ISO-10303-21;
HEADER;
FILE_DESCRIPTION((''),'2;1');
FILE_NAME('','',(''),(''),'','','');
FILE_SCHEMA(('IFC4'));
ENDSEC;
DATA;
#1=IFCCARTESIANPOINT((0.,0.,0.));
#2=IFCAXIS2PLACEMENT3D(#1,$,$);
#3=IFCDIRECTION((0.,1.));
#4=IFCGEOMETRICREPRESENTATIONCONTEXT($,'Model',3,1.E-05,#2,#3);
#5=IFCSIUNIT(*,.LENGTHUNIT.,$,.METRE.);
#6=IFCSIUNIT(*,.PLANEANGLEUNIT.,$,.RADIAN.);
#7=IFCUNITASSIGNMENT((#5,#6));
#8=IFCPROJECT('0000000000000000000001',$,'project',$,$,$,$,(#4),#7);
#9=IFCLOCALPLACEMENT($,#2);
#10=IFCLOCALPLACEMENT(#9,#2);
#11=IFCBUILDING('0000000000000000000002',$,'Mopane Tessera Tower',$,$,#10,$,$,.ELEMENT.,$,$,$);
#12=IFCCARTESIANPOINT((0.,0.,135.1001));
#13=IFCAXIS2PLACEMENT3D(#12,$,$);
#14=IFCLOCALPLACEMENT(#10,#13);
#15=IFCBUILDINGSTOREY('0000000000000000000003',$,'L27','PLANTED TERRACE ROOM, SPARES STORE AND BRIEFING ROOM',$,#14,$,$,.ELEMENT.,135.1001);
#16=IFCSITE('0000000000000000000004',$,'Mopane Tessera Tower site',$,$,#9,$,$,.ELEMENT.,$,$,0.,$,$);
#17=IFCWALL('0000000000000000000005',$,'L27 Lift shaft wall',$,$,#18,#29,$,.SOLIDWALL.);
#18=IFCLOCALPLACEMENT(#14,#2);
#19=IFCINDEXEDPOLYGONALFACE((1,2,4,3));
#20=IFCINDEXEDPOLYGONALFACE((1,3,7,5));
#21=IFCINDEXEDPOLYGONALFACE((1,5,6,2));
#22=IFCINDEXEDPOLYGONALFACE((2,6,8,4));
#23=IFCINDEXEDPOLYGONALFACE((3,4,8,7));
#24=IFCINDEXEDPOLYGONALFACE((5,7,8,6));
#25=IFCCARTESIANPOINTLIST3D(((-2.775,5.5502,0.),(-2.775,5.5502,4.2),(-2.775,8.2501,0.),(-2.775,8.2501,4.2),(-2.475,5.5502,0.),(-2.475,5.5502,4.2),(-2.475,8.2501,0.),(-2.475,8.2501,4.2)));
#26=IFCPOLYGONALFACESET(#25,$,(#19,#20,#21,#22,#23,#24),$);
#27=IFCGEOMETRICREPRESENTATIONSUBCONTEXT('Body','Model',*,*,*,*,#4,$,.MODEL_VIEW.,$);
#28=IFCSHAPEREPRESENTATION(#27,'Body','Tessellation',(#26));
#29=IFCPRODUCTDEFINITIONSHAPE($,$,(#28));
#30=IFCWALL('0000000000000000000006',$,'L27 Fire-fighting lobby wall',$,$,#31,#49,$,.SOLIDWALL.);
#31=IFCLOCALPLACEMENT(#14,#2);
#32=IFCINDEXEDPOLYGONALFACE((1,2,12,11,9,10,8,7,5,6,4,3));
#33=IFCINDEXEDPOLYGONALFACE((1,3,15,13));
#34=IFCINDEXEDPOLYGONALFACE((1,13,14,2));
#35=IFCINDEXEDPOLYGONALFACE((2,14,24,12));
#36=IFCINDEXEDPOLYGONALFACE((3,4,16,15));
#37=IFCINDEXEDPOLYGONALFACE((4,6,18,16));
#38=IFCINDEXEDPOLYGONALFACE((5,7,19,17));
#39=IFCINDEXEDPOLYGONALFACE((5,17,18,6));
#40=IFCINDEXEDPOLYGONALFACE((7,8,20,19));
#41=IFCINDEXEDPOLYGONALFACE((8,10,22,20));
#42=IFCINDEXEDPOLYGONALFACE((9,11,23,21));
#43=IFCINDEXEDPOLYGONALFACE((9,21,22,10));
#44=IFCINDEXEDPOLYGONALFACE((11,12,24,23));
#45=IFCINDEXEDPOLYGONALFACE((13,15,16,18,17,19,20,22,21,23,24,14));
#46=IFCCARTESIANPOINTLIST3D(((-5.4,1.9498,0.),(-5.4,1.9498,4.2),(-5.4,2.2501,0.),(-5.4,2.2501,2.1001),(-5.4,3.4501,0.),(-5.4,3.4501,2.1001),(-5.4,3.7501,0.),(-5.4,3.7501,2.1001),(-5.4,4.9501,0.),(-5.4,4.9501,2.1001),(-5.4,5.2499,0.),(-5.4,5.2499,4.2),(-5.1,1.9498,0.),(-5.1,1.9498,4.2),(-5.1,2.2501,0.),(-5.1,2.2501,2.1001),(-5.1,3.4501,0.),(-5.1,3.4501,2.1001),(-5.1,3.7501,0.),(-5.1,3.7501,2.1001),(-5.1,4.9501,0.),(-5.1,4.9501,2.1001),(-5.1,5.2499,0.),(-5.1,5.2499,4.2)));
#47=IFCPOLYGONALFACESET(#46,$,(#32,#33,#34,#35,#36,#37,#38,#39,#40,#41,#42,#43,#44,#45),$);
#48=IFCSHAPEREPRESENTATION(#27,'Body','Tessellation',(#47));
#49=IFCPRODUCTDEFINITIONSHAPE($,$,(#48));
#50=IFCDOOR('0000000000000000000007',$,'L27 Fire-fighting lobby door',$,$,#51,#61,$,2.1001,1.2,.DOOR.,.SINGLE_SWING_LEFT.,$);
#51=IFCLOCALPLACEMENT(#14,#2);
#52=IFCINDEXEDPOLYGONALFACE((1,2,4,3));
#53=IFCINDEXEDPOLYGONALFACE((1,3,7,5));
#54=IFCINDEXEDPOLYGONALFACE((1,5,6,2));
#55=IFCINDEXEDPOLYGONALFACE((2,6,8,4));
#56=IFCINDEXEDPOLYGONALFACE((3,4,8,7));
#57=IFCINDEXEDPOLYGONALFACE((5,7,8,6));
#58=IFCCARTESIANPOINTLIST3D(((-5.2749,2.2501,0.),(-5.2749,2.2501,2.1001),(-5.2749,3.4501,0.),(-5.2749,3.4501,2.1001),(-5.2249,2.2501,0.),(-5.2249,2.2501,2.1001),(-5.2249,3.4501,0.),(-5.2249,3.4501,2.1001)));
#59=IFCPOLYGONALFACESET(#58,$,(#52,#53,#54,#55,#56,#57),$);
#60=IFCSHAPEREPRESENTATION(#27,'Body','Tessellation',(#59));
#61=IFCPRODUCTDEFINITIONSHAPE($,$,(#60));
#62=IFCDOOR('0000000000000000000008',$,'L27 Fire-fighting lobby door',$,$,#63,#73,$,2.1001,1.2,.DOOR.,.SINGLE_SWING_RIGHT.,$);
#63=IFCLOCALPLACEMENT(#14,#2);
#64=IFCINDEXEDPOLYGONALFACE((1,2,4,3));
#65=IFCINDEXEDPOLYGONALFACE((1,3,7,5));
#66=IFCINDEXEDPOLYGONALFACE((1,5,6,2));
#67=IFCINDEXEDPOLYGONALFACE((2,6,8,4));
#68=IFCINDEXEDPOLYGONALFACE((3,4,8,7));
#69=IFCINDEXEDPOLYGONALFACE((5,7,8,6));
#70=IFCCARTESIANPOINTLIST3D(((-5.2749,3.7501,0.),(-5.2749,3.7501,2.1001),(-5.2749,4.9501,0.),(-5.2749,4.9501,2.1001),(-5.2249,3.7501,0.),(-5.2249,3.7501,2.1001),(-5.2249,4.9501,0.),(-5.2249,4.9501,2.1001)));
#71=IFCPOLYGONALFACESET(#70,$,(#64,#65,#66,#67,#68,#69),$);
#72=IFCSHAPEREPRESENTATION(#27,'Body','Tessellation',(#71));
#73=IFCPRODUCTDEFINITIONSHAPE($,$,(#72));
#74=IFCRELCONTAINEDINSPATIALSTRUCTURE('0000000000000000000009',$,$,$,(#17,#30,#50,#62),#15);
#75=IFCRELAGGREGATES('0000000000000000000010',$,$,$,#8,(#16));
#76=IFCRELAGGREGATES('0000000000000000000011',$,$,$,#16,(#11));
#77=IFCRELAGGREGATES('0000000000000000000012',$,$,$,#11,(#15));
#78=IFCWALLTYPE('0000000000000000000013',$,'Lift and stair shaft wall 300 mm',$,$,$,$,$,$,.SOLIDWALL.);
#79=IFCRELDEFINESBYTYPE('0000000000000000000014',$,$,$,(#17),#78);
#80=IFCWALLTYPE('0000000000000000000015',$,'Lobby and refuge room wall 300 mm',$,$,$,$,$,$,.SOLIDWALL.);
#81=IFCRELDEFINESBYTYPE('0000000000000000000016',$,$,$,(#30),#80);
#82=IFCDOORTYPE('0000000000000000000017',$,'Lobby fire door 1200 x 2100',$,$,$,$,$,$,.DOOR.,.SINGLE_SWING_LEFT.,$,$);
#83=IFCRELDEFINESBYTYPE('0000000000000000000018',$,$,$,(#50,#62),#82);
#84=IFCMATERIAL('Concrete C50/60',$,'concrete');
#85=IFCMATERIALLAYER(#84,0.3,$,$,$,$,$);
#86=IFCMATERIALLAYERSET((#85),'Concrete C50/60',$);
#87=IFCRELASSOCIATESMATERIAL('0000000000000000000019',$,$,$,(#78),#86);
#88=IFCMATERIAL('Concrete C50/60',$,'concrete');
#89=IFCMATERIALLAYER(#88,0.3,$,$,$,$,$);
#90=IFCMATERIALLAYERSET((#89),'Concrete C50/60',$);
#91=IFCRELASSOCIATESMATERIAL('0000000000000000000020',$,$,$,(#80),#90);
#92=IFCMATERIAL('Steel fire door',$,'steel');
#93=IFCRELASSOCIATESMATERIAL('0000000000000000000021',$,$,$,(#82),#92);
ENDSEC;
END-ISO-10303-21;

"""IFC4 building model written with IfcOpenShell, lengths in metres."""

from ifc_helpers import new_model, si_unit, direction, frame, frame_2d, origin, place, context, subcontext, project, spatial, rectangle, extrude, material, layer, layer_set, type_object, element, fill, save


model = new_model("IFC4")

# Units and contexts
model_context = context("Model", 3, precision=1e-05, world=origin(), true_north=direction((0.0, 1.0)))
body_context = subcontext(model_context, "Body", "Model", "MODEL_VIEW")
ifc_project = project(units=[si_unit("LENGTHUNIT", "METRE"), si_unit("PLANEANGLEUNIT", "RADIAN")], contexts=[model_context])

# Site, building, storey
site_placement = place(None, origin())
site = spatial("IfcSite", under=ifc_project, at=site_placement, Name="Mopane Tessera Tower site", CompositionType="ELEMENT", RefElevation=0.0)
building_placement = place(site_placement, origin())
building = spatial("IfcBuilding", under=site, at=building_placement, Name="Mopane Tessera Tower", CompositionType="ELEMENT")
storey_placement = place(building_placement, frame((0.0, 0.0, 135.1001)))
storey = spatial("IfcBuildingStorey", under=building, at=storey_placement, Name="L27", Description="PLANTED TERRACE ROOM, SPARES STORE AND BRIEFING ROOM", CompositionType="ELEMENT", Elevation=135.1001)

# Wall
ifc_material_1 = material(Name="Concrete C50/60", Category="concrete")
ifc_layer_1 = layer(ifc_material_1, 0.3)
ifc_layer_set_1 = layer_set([ifc_layer_1], Name="Concrete C50/60")
wall_type_1 = type_object("IfcWallType", Name="Lift and stair shaft wall 300 mm", PredefinedType="SOLIDWALL", material=ifc_layer_set_1)
for number, where, z_axis, x_axis, name in (
    (1, (-2.625, 5.55, 0.0), (0.0, 0.0, 1.0), (0.0, 1.0, 0.0), "L27 Lift shaft wall"),
):
    element("IfcWall", number, at=place(storey_placement, frame(where, z_axis=z_axis, x_axis=x_axis)), inside=storey, type_object=wall_type_1, Name=name, PredefinedType="SOLIDWALL", context=body_context, shape_type="SweptSolid", body=[
        extrude(rectangle(XDim=2.7, YDim=0.3, at=frame_2d((1.3501, 0.0))), origin(), (0.0, 0.0, 1.0), 4.2),
    ])

# Wall, openings, doors
ifc_material_2 = material(Name="Concrete C50/60", Category="concrete")
ifc_layer_2 = layer(ifc_material_2, 0.3)
ifc_layer_set_2 = layer_set([ifc_layer_2], Name="Concrete C50/60")
wall_type_2 = type_object("IfcWallType", Name="Lobby and refuge room wall 300 mm", PredefinedType="SOLIDWALL", material=ifc_layer_set_2)
wall_1_placement = place(storey_placement, frame((-5.25, 1.95, 0.0), z_axis=(0.0, 0.0, 1.0), x_axis=(0.0, 1.0, 0.0)))
wall_1 = element("IfcWall", 2, at=wall_1_placement, inside=storey, type_object=wall_type_2, Name="L27 Fire-fighting lobby wall", PredefinedType="SOLIDWALL", context=body_context, shape_type="SweptSolid", body=[
    extrude(rectangle(XDim=3.3, YDim=0.3, at=frame_2d((1.6499, 0.0))), origin(), (0.0, 0.0, 1.0), 4.2),
])
opening_1_placement = place(wall_1_placement, frame((0.3, 0.0, 0.0)))
opening_1 = element("IfcOpeningElement", 3, at=opening_1_placement, cuts=wall_1, PredefinedType="OPENING", context=body_context, shape_type="SweptSolid", body=[
    extrude(rectangle(XDim=1.2, YDim=2.1001, at=frame_2d((0.6001, 1.05))), frame((0.0, 0.1621, 0.0), z_axis=(0.0, -1.0, 0.0), x_axis=(1.0, 0.0, 0.0)), (0.0, 0.0, 1.0), 0.324),
])
opening_2_placement = place(wall_1_placement, frame((1.8, 0.0, 0.0)))
opening_2 = element("IfcOpeningElement", 4, at=opening_2_placement, cuts=wall_1, PredefinedType="OPENING", context=body_context, shape_type="SweptSolid", body=[
    extrude(rectangle(XDim=1.2, YDim=2.1001, at=frame_2d((0.6001, 1.05))), frame((0.0, 0.1621, 0.0), z_axis=(0.0, -1.0, 0.0), x_axis=(1.0, 0.0, 0.0)), (0.0, 0.0, 1.0), 0.324),
])
ifc_material_3 = material(Name="Steel fire door", Category="steel")
door_type = type_object("IfcDoorType", Name="Lobby fire door 1200 x 2100", OperationType="SINGLE_SWING_LEFT", PredefinedType="DOOR", material=ifc_material_3)
door_1_placement = place(opening_1_placement, origin())
door_1 = element("IfcDoor", 5, at=door_1_placement, inside=storey, type_object=door_type, Name="L27 Fire-fighting lobby door", OperationType="SINGLE_SWING_LEFT", OverallHeight=2.1001, OverallWidth=1.2, PredefinedType="DOOR", context=body_context, shape_type="SweptSolid", body=[
    extrude(rectangle(XDim=1.2, YDim=2.1001, at=frame_2d((0.6001, 1.05))), frame((0.0, 0.0249, 0.0), z_axis=(0.0, -1.0, 0.0), x_axis=(1.0, 0.0, 0.0)), (0.0, 0.0, 1.0), 0.05),
])
fill(opening_1, door_1)
door_2_placement = place(opening_2_placement, origin())
door_2 = element("IfcDoor", 6, at=door_2_placement, inside=storey, type_object=door_type, Name="L27 Fire-fighting lobby door", OperationType="SINGLE_SWING_RIGHT", OverallHeight=2.1001, OverallWidth=1.2, PredefinedType="DOOR", context=body_context, shape_type="SweptSolid", body=[
    extrude(rectangle(XDim=1.2, YDim=2.1001, at=frame_2d((0.6001, 1.05))), frame((0.0, 0.0249, 0.0), z_axis=(0.0, -1.0, 0.0), x_axis=(1.0, 0.0, 0.0)), (0.0, 0.0, 1.0), 0.05),
])
fill(opening_2, door_2)

save(model, "model.ifc")
